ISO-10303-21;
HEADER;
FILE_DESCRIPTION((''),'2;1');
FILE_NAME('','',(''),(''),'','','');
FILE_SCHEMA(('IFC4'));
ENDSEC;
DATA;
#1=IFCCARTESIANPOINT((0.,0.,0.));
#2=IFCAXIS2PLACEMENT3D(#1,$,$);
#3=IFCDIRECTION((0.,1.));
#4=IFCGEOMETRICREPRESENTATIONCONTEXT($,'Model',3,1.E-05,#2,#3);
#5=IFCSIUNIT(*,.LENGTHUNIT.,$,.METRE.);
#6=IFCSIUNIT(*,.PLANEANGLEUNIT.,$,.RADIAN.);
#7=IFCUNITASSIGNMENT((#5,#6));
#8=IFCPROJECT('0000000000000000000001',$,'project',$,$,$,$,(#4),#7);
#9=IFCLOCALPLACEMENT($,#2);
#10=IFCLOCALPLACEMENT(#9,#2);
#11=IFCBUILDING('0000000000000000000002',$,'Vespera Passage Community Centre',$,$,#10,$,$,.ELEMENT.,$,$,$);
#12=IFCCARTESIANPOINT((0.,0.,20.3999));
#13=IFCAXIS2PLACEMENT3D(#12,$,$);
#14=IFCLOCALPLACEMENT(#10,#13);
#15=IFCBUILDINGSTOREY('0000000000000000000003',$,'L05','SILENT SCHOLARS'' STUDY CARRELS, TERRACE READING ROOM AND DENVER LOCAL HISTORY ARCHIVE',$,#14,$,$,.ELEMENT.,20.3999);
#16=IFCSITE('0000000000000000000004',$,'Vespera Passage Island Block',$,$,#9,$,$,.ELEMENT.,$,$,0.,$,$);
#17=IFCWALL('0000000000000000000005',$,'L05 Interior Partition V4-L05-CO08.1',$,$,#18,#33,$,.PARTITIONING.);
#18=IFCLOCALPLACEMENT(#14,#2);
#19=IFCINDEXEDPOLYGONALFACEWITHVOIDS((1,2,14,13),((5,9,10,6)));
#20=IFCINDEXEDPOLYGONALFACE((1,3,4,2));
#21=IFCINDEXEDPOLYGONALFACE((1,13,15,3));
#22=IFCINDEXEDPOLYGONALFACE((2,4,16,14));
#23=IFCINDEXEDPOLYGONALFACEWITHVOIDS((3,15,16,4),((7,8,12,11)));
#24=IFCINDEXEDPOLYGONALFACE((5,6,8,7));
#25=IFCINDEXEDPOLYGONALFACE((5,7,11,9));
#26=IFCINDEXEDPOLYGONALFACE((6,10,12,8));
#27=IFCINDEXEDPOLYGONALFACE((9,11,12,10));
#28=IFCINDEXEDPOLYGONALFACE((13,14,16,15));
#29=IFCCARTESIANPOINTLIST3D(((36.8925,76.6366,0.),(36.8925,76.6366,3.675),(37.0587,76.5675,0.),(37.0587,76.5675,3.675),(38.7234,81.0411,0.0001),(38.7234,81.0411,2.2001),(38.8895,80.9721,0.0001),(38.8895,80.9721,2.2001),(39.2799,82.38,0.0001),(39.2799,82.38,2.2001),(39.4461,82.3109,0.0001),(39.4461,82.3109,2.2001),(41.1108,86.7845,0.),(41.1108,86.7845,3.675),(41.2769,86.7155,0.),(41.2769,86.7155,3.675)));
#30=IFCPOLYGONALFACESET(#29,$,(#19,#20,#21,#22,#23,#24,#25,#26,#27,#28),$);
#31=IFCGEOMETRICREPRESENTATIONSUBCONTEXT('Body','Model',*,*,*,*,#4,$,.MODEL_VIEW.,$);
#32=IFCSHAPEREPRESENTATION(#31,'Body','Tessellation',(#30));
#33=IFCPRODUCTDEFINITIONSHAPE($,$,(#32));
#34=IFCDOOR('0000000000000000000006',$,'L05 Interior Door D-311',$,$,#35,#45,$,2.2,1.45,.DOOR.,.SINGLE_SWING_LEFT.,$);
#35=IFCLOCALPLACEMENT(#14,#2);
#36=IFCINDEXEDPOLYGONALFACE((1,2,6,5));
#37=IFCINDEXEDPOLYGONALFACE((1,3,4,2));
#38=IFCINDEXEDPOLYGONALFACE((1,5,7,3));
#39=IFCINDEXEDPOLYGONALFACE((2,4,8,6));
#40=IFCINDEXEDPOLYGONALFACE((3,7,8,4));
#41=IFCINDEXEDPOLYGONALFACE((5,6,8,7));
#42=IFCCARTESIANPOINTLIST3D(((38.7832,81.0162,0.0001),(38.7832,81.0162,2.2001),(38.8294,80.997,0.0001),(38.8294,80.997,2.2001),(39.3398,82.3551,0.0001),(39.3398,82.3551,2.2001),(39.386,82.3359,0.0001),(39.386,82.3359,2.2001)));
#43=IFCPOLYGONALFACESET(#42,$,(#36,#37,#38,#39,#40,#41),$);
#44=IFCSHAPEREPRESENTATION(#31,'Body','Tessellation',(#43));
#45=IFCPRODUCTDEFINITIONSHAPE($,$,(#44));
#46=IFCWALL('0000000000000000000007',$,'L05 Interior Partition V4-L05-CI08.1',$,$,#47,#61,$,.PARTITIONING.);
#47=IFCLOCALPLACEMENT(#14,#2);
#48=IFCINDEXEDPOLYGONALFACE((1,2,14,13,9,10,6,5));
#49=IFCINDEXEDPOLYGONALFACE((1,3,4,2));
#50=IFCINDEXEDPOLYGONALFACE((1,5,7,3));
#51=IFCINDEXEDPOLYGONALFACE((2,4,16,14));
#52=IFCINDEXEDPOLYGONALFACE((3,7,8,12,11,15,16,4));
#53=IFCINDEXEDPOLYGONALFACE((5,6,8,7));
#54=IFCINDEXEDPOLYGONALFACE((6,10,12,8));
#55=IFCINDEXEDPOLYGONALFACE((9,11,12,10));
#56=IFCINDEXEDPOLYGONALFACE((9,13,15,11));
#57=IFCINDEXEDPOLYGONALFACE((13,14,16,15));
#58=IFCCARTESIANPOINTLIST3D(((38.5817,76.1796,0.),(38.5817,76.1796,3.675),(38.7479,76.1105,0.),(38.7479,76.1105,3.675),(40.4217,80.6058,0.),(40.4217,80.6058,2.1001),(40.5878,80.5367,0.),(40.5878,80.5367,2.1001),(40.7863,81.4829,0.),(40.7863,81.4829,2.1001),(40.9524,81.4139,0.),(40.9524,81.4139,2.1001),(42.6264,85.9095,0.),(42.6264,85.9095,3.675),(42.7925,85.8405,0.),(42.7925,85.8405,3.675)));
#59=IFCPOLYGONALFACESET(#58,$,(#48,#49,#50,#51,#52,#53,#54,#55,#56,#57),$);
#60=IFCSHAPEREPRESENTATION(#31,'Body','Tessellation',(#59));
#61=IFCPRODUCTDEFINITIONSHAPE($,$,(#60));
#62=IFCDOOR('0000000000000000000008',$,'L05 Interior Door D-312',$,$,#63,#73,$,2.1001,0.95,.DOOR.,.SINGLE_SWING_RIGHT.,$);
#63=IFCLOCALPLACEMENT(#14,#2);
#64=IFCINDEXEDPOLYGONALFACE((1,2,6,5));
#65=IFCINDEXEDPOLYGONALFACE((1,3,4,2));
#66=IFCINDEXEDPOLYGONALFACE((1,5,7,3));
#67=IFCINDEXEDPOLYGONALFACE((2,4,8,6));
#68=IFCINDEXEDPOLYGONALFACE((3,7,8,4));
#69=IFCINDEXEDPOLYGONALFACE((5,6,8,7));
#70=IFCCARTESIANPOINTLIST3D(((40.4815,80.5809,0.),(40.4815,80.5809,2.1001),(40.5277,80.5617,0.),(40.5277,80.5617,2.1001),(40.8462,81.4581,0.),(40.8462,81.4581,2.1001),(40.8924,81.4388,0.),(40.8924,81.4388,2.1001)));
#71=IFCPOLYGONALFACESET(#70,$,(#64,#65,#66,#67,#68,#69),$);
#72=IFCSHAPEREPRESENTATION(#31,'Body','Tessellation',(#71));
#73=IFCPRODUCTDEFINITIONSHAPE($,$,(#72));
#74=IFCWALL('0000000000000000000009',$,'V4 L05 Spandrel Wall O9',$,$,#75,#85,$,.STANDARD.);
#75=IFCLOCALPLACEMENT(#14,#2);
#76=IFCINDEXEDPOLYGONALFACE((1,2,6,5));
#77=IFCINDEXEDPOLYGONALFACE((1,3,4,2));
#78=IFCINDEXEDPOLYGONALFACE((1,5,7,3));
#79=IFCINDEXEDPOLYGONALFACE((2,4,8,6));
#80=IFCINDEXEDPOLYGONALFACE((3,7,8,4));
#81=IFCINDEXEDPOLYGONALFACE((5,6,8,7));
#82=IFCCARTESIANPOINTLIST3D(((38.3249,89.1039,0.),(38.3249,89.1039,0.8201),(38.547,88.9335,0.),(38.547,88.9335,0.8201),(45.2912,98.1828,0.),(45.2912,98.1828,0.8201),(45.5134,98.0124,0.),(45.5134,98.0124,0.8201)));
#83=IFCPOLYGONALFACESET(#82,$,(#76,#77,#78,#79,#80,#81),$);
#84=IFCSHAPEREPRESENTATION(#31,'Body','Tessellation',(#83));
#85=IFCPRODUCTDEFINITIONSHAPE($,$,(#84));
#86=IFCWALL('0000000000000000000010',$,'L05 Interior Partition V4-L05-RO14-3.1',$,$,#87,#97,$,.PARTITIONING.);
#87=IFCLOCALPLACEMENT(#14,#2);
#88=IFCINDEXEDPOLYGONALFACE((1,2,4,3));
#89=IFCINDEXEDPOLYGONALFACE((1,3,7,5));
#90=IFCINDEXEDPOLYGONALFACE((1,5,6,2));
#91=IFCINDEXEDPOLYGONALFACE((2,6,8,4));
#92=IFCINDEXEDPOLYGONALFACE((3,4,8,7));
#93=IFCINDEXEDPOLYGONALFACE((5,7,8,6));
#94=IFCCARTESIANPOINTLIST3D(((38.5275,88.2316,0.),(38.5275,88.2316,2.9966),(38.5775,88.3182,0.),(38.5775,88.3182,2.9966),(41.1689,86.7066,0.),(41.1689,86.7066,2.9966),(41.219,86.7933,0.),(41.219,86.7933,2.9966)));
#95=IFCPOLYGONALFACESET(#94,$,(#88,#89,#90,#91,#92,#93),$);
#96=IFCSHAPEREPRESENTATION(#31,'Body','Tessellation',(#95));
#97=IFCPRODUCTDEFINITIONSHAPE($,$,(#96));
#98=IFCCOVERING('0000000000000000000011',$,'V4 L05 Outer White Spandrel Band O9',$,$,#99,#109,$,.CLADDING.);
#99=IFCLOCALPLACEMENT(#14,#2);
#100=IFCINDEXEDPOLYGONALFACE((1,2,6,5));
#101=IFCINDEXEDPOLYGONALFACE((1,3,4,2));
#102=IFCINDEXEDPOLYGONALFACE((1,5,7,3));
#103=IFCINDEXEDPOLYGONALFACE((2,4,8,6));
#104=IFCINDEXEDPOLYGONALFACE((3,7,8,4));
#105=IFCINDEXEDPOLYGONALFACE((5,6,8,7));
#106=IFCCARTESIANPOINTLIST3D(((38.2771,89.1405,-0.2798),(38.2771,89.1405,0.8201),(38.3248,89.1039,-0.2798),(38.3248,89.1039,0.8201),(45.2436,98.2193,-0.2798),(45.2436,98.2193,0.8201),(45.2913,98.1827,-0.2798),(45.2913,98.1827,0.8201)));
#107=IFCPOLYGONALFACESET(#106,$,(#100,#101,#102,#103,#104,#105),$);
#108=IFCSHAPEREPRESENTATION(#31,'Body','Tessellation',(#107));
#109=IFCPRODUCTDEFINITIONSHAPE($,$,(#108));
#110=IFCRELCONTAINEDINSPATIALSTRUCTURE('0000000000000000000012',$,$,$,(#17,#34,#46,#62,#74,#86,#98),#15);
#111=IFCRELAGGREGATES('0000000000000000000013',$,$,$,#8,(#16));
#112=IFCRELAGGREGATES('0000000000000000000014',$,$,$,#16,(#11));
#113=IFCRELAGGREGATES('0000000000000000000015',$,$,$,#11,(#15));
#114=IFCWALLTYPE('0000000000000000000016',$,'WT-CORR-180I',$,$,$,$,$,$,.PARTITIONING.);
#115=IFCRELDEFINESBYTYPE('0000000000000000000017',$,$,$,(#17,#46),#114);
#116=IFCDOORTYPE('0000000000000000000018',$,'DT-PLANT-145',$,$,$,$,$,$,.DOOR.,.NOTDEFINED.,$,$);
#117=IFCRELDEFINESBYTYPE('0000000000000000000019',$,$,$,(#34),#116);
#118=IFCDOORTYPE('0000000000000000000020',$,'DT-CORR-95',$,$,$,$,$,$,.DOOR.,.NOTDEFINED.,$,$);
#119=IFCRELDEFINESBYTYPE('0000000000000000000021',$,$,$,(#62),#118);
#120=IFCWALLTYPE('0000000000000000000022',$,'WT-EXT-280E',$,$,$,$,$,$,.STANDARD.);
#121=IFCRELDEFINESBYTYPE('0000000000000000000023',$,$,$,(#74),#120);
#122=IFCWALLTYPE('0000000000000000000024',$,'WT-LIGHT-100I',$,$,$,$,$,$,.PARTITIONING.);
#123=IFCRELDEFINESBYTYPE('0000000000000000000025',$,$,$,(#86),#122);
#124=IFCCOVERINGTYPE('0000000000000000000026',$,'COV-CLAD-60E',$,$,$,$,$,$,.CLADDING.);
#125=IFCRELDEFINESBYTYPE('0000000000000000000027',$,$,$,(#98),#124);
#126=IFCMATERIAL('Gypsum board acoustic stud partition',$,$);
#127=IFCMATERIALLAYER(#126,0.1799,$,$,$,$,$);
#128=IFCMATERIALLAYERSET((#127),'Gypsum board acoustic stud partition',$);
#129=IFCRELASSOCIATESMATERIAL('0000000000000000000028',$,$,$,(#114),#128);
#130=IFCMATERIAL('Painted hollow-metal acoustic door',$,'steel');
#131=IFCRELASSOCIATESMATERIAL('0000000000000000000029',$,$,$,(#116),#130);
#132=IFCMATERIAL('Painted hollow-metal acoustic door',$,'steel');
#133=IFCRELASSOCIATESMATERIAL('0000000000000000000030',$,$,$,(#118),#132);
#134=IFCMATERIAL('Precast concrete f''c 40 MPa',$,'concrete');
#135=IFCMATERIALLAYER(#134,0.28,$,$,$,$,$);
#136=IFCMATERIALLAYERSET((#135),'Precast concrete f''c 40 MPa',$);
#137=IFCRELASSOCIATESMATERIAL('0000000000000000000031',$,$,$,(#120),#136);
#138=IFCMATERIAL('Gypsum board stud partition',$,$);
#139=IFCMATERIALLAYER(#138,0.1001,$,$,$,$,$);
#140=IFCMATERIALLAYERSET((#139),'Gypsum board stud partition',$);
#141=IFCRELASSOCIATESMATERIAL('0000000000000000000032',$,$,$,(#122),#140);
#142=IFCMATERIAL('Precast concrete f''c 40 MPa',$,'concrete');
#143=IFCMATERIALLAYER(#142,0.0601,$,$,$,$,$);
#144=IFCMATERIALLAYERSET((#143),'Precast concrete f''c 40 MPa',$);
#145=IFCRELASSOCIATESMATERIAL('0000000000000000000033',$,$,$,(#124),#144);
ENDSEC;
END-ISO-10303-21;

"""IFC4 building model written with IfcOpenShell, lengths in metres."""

from ifc_helpers import new_model, si_unit, direction, frame, frame_2d, origin, place, context, subcontext, project, spatial, rectangle, extrude, material, layer, layer_set, type_object, element, fill, save


model = new_model("IFC4")

# Units and contexts
model_context = context("Model", 3, precision=1e-05, world=origin(), true_north=direction((0.0, 1.0)))
body_context = subcontext(model_context, "Body", "Model", "MODEL_VIEW")
ifc_project = project(units=[si_unit("LENGTHUNIT", "METRE"), si_unit("PLANEANGLEUNIT", "RADIAN")], contexts=[model_context])

# Site, building, storey
site_placement = place(None, origin())
site = spatial("IfcSite", under=ifc_project, at=site_placement, Name="Vespera Passage Island Block", CompositionType="ELEMENT", RefElevation=0.0)
building_placement = place(site_placement, origin())
building = spatial("IfcBuilding", under=site, at=building_placement, Name="Vespera Passage Community Centre", CompositionType="ELEMENT")
storey_placement = place(building_placement, frame((0.0, 0.0, 20.3999)))
storey = spatial("IfcBuildingStorey", under=building, at=storey_placement, Name="L05", Description="SILENT SCHOLARS' STUDY CARRELS, TERRACE READING ROOM AND DENVER LOCAL HISTORY ARCHIVE", CompositionType="ELEMENT", Elevation=20.3999)

# Walls, openings, doors
ifc_material_1 = material(Name="Gypsum board acoustic stud partition")
ifc_layer_1 = layer(ifc_material_1, 0.1799)
ifc_layer_set_1 = layer_set([ifc_layer_1], Name="Gypsum board acoustic stud partition")
wall_type_1 = type_object("IfcWallType", Name="WT-CORR-180I", PredefinedType="PARTITIONING", material=ifc_layer_set_1)
wall_1_placement = place(storey_placement, frame((41.1938, 86.75, 0.0), z_axis=(0.0, 0.0, 1.0), x_axis=(-0.383836, -0.923401, 0.0)))
wall_1 = element("IfcWall", 1, at=wall_1_placement, inside=storey, type_object=wall_type_1, Name="L05 Interior Partition V4-L05-CO08.1", PredefinedType="PARTITIONING", context=body_context, shape_type="SweptSolid", body=[
    extrude(rectangle(XDim=10.9897, YDim=0.1799, at=frame_2d((5.4949, 0.0))), origin(), (0.0, 0.0, 1.0), 3.675),
])
opening_1_placement = place(wall_1_placement, frame((4.7698, 0.0, 0.0)))
opening_1 = element("IfcOpeningElement", 2, at=opening_1_placement, cuts=wall_1, PredefinedType="OPENING", context=body_context, shape_type="SweptSolid", body=[
    extrude(rectangle(XDim=1.45, YDim=2.2, at=frame_2d((0.7251, 1.1001))), frame((0.0, 0.0999, 0.0), z_axis=(0.0, -1.0, 0.0), x_axis=(1.0, 0.0, 0.0)), (0.0, 0.0, 1.0), 0.2),
])
ifc_material_2 = material(Name="Painted hollow-metal acoustic door", Category="steel")
door_type_1 = type_object("IfcDoorType", Name="DT-PLANT-145", OperationType="NOTDEFINED", PredefinedType="DOOR", material=ifc_material_2)
door_1_placement = place(opening_1_placement, origin())
door_1 = element("IfcDoor", 3, at=door_1_placement, inside=storey, type_object=door_type_1, Name="L05 Interior Door D-311", OperationType="SINGLE_SWING_LEFT", OverallHeight=2.2, OverallWidth=1.45, PredefinedType="DOOR", context=body_context, shape_type="SweptSolid", body=[
    extrude(rectangle(XDim=1.45, YDim=2.2, at=frame_2d((0.7251, 1.1001))), frame((0.0, 0.0249, 0.0), z_axis=(0.0, -1.0, 0.0), x_axis=(1.0, 0.0, 0.0)), (0.0, 0.0, 1.0), 0.05),
])
fill(opening_1, door_1)
wall_2_placement = place(storey_placement, frame((42.7095, 85.875, 0.0), z_axis=(0.0, 0.0, 1.0), x_axis=(-0.383849, -0.923396, 0.0)))
wall_2 = element("IfcWall", 4, at=wall_2_placement, inside=storey, type_object=wall_type_1, Name="L05 Interior Partition V4-L05-CI08.1", PredefinedType="PARTITIONING", context=body_context, shape_type="SweptSolid", body=[
    extrude(rectangle(XDim=10.5371, YDim=0.1799, at=frame_2d((5.2686, 0.0))), origin(), (0.0, 0.0, 1.0), 3.675),
])
opening_2_placement = place(wall_2_placement, frame((4.7937, 0.0, 0.0)))
opening_2 = element("IfcOpeningElement", 5, at=opening_2_placement, cuts=wall_2, PredefinedType="OPENING", context=body_context, shape_type="SweptSolid", body=[
    extrude(rectangle(XDim=0.95, YDim=2.1001, at=frame_2d((0.4751, 1.05))), frame((0.0, 0.0999, 0.0), z_axis=(0.0, -1.0, 0.0), x_axis=(1.0, 0.0, 0.0)), (0.0, 0.0, 1.0), 0.2),
])
ifc_material_3 = material(Name="Painted hollow-metal acoustic door", Category="steel")
door_type_2 = type_object("IfcDoorType", Name="DT-CORR-95", OperationType="NOTDEFINED", PredefinedType="DOOR", material=ifc_material_3)
door_2_placement = place(opening_2_placement, origin())
door_2 = element("IfcDoor", 6, at=door_2_placement, inside=storey, type_object=door_type_2, Name="L05 Interior Door D-312", OperationType="SINGLE_SWING_RIGHT", OverallHeight=2.1001, OverallWidth=0.95, PredefinedType="DOOR", context=body_context, shape_type="SweptSolid", body=[
    extrude(rectangle(XDim=0.95, YDim=2.1001, at=frame_2d((0.4751, 1.05))), frame((0.0, 0.0249, 0.0), z_axis=(0.0, -1.0, 0.0), x_axis=(1.0, 0.0, 0.0)), (0.0, 0.0, 1.0), 0.05),
])
fill(opening_2, door_2)

# Walls
ifc_material_4 = material(Name="Precast concrete f'c 40 MPa", Category="concrete")
ifc_layer_2 = layer(ifc_material_4, 0.28)
ifc_layer_set_2 = layer_set([ifc_layer_2], Name="Precast concrete f'c 40 MPa")
wall_type_2 = type_object("IfcWallType", Name="WT-EXT-280E", PredefinedType="STANDARD", material=ifc_layer_set_2)
wall_3_placement = place(storey_placement, frame((38.436, 89.0188, 0.0), z_axis=(0.0, 0.0, 1.0), x_axis=(0.608754, 0.793359, 0.0)))
element("IfcWall", 7, at=wall_3_placement, inside=storey, type_object=wall_type_2, Name="V4 L05 Spandrel Wall O9", PredefinedType="STANDARD", context=body_context, shape_type="SweptSolid", body=[
    extrude(rectangle(XDim=11.4436, YDim=0.28, at=frame_2d((5.7217, 0.0))), origin(), (0.0, 0.0, 1.0), 0.8201),
])
ifc_material_5 = material(Name="Gypsum board stud partition")
ifc_layer_3 = layer(ifc_material_5, 0.1001)
ifc_layer_set_3 = layer_set([ifc_layer_3], Name="Gypsum board stud partition")
wall_type_3 = type_object("IfcWallType", Name="WT-LIGHT-100I", PredefinedType="PARTITIONING", material=ifc_layer_set_3)
wall_4_placement = place(storey_placement, frame((41.1938, 86.75, 0.0), z_axis=(0.0, 0.0, 1.0), x_axis=(-0.866038, 0.499979, 0.0)))
element("IfcWall", 8, at=wall_4_placement, inside=storey, type_object=wall_type_3, Name="L05 Interior Partition V4-L05-RO14-3.1", PredefinedType="PARTITIONING", context=body_context, shape_type="SweptSolid", body=[
    extrude(rectangle(XDim=3.05, YDim=0.1001, at=frame_2d((1.5249, 0.0))), origin(), (0.0, 0.0, 1.0), 2.9966),
])

# Covering
ifc_material_6 = material(Name="Precast concrete f'c 40 MPa", Category="concrete")
ifc_layer_4 = layer(ifc_material_6, 0.0601)
ifc_layer_set_4 = layer_set([ifc_layer_4], Name="Precast concrete f'c 40 MPa")
covering_type = type_object("IfcCoveringType", Name="COV-CLAD-60E", PredefinedType="CLADDING", material=ifc_layer_set_4)
covering_placement = place(storey_placement, frame((38.301, 89.1223, -0.2798), z_axis=(0.0, 0.0, 1.0), x_axis=(0.608767, 0.793349, 0.0)))
element("IfcCovering", 9, at=covering_placement, inside=storey, type_object=covering_type, Name="V4 L05 Outer White Spandrel Band O9", PredefinedType="CLADDING", context=body_context, shape_type="SweptSolid", body=[
    extrude(rectangle(XDim=11.4436, YDim=0.0601, at=frame_2d((5.7217, 0.0))), origin(), (0.0, 0.0, 1.0), 1.0999),
])

save(model, "model.ifc")
